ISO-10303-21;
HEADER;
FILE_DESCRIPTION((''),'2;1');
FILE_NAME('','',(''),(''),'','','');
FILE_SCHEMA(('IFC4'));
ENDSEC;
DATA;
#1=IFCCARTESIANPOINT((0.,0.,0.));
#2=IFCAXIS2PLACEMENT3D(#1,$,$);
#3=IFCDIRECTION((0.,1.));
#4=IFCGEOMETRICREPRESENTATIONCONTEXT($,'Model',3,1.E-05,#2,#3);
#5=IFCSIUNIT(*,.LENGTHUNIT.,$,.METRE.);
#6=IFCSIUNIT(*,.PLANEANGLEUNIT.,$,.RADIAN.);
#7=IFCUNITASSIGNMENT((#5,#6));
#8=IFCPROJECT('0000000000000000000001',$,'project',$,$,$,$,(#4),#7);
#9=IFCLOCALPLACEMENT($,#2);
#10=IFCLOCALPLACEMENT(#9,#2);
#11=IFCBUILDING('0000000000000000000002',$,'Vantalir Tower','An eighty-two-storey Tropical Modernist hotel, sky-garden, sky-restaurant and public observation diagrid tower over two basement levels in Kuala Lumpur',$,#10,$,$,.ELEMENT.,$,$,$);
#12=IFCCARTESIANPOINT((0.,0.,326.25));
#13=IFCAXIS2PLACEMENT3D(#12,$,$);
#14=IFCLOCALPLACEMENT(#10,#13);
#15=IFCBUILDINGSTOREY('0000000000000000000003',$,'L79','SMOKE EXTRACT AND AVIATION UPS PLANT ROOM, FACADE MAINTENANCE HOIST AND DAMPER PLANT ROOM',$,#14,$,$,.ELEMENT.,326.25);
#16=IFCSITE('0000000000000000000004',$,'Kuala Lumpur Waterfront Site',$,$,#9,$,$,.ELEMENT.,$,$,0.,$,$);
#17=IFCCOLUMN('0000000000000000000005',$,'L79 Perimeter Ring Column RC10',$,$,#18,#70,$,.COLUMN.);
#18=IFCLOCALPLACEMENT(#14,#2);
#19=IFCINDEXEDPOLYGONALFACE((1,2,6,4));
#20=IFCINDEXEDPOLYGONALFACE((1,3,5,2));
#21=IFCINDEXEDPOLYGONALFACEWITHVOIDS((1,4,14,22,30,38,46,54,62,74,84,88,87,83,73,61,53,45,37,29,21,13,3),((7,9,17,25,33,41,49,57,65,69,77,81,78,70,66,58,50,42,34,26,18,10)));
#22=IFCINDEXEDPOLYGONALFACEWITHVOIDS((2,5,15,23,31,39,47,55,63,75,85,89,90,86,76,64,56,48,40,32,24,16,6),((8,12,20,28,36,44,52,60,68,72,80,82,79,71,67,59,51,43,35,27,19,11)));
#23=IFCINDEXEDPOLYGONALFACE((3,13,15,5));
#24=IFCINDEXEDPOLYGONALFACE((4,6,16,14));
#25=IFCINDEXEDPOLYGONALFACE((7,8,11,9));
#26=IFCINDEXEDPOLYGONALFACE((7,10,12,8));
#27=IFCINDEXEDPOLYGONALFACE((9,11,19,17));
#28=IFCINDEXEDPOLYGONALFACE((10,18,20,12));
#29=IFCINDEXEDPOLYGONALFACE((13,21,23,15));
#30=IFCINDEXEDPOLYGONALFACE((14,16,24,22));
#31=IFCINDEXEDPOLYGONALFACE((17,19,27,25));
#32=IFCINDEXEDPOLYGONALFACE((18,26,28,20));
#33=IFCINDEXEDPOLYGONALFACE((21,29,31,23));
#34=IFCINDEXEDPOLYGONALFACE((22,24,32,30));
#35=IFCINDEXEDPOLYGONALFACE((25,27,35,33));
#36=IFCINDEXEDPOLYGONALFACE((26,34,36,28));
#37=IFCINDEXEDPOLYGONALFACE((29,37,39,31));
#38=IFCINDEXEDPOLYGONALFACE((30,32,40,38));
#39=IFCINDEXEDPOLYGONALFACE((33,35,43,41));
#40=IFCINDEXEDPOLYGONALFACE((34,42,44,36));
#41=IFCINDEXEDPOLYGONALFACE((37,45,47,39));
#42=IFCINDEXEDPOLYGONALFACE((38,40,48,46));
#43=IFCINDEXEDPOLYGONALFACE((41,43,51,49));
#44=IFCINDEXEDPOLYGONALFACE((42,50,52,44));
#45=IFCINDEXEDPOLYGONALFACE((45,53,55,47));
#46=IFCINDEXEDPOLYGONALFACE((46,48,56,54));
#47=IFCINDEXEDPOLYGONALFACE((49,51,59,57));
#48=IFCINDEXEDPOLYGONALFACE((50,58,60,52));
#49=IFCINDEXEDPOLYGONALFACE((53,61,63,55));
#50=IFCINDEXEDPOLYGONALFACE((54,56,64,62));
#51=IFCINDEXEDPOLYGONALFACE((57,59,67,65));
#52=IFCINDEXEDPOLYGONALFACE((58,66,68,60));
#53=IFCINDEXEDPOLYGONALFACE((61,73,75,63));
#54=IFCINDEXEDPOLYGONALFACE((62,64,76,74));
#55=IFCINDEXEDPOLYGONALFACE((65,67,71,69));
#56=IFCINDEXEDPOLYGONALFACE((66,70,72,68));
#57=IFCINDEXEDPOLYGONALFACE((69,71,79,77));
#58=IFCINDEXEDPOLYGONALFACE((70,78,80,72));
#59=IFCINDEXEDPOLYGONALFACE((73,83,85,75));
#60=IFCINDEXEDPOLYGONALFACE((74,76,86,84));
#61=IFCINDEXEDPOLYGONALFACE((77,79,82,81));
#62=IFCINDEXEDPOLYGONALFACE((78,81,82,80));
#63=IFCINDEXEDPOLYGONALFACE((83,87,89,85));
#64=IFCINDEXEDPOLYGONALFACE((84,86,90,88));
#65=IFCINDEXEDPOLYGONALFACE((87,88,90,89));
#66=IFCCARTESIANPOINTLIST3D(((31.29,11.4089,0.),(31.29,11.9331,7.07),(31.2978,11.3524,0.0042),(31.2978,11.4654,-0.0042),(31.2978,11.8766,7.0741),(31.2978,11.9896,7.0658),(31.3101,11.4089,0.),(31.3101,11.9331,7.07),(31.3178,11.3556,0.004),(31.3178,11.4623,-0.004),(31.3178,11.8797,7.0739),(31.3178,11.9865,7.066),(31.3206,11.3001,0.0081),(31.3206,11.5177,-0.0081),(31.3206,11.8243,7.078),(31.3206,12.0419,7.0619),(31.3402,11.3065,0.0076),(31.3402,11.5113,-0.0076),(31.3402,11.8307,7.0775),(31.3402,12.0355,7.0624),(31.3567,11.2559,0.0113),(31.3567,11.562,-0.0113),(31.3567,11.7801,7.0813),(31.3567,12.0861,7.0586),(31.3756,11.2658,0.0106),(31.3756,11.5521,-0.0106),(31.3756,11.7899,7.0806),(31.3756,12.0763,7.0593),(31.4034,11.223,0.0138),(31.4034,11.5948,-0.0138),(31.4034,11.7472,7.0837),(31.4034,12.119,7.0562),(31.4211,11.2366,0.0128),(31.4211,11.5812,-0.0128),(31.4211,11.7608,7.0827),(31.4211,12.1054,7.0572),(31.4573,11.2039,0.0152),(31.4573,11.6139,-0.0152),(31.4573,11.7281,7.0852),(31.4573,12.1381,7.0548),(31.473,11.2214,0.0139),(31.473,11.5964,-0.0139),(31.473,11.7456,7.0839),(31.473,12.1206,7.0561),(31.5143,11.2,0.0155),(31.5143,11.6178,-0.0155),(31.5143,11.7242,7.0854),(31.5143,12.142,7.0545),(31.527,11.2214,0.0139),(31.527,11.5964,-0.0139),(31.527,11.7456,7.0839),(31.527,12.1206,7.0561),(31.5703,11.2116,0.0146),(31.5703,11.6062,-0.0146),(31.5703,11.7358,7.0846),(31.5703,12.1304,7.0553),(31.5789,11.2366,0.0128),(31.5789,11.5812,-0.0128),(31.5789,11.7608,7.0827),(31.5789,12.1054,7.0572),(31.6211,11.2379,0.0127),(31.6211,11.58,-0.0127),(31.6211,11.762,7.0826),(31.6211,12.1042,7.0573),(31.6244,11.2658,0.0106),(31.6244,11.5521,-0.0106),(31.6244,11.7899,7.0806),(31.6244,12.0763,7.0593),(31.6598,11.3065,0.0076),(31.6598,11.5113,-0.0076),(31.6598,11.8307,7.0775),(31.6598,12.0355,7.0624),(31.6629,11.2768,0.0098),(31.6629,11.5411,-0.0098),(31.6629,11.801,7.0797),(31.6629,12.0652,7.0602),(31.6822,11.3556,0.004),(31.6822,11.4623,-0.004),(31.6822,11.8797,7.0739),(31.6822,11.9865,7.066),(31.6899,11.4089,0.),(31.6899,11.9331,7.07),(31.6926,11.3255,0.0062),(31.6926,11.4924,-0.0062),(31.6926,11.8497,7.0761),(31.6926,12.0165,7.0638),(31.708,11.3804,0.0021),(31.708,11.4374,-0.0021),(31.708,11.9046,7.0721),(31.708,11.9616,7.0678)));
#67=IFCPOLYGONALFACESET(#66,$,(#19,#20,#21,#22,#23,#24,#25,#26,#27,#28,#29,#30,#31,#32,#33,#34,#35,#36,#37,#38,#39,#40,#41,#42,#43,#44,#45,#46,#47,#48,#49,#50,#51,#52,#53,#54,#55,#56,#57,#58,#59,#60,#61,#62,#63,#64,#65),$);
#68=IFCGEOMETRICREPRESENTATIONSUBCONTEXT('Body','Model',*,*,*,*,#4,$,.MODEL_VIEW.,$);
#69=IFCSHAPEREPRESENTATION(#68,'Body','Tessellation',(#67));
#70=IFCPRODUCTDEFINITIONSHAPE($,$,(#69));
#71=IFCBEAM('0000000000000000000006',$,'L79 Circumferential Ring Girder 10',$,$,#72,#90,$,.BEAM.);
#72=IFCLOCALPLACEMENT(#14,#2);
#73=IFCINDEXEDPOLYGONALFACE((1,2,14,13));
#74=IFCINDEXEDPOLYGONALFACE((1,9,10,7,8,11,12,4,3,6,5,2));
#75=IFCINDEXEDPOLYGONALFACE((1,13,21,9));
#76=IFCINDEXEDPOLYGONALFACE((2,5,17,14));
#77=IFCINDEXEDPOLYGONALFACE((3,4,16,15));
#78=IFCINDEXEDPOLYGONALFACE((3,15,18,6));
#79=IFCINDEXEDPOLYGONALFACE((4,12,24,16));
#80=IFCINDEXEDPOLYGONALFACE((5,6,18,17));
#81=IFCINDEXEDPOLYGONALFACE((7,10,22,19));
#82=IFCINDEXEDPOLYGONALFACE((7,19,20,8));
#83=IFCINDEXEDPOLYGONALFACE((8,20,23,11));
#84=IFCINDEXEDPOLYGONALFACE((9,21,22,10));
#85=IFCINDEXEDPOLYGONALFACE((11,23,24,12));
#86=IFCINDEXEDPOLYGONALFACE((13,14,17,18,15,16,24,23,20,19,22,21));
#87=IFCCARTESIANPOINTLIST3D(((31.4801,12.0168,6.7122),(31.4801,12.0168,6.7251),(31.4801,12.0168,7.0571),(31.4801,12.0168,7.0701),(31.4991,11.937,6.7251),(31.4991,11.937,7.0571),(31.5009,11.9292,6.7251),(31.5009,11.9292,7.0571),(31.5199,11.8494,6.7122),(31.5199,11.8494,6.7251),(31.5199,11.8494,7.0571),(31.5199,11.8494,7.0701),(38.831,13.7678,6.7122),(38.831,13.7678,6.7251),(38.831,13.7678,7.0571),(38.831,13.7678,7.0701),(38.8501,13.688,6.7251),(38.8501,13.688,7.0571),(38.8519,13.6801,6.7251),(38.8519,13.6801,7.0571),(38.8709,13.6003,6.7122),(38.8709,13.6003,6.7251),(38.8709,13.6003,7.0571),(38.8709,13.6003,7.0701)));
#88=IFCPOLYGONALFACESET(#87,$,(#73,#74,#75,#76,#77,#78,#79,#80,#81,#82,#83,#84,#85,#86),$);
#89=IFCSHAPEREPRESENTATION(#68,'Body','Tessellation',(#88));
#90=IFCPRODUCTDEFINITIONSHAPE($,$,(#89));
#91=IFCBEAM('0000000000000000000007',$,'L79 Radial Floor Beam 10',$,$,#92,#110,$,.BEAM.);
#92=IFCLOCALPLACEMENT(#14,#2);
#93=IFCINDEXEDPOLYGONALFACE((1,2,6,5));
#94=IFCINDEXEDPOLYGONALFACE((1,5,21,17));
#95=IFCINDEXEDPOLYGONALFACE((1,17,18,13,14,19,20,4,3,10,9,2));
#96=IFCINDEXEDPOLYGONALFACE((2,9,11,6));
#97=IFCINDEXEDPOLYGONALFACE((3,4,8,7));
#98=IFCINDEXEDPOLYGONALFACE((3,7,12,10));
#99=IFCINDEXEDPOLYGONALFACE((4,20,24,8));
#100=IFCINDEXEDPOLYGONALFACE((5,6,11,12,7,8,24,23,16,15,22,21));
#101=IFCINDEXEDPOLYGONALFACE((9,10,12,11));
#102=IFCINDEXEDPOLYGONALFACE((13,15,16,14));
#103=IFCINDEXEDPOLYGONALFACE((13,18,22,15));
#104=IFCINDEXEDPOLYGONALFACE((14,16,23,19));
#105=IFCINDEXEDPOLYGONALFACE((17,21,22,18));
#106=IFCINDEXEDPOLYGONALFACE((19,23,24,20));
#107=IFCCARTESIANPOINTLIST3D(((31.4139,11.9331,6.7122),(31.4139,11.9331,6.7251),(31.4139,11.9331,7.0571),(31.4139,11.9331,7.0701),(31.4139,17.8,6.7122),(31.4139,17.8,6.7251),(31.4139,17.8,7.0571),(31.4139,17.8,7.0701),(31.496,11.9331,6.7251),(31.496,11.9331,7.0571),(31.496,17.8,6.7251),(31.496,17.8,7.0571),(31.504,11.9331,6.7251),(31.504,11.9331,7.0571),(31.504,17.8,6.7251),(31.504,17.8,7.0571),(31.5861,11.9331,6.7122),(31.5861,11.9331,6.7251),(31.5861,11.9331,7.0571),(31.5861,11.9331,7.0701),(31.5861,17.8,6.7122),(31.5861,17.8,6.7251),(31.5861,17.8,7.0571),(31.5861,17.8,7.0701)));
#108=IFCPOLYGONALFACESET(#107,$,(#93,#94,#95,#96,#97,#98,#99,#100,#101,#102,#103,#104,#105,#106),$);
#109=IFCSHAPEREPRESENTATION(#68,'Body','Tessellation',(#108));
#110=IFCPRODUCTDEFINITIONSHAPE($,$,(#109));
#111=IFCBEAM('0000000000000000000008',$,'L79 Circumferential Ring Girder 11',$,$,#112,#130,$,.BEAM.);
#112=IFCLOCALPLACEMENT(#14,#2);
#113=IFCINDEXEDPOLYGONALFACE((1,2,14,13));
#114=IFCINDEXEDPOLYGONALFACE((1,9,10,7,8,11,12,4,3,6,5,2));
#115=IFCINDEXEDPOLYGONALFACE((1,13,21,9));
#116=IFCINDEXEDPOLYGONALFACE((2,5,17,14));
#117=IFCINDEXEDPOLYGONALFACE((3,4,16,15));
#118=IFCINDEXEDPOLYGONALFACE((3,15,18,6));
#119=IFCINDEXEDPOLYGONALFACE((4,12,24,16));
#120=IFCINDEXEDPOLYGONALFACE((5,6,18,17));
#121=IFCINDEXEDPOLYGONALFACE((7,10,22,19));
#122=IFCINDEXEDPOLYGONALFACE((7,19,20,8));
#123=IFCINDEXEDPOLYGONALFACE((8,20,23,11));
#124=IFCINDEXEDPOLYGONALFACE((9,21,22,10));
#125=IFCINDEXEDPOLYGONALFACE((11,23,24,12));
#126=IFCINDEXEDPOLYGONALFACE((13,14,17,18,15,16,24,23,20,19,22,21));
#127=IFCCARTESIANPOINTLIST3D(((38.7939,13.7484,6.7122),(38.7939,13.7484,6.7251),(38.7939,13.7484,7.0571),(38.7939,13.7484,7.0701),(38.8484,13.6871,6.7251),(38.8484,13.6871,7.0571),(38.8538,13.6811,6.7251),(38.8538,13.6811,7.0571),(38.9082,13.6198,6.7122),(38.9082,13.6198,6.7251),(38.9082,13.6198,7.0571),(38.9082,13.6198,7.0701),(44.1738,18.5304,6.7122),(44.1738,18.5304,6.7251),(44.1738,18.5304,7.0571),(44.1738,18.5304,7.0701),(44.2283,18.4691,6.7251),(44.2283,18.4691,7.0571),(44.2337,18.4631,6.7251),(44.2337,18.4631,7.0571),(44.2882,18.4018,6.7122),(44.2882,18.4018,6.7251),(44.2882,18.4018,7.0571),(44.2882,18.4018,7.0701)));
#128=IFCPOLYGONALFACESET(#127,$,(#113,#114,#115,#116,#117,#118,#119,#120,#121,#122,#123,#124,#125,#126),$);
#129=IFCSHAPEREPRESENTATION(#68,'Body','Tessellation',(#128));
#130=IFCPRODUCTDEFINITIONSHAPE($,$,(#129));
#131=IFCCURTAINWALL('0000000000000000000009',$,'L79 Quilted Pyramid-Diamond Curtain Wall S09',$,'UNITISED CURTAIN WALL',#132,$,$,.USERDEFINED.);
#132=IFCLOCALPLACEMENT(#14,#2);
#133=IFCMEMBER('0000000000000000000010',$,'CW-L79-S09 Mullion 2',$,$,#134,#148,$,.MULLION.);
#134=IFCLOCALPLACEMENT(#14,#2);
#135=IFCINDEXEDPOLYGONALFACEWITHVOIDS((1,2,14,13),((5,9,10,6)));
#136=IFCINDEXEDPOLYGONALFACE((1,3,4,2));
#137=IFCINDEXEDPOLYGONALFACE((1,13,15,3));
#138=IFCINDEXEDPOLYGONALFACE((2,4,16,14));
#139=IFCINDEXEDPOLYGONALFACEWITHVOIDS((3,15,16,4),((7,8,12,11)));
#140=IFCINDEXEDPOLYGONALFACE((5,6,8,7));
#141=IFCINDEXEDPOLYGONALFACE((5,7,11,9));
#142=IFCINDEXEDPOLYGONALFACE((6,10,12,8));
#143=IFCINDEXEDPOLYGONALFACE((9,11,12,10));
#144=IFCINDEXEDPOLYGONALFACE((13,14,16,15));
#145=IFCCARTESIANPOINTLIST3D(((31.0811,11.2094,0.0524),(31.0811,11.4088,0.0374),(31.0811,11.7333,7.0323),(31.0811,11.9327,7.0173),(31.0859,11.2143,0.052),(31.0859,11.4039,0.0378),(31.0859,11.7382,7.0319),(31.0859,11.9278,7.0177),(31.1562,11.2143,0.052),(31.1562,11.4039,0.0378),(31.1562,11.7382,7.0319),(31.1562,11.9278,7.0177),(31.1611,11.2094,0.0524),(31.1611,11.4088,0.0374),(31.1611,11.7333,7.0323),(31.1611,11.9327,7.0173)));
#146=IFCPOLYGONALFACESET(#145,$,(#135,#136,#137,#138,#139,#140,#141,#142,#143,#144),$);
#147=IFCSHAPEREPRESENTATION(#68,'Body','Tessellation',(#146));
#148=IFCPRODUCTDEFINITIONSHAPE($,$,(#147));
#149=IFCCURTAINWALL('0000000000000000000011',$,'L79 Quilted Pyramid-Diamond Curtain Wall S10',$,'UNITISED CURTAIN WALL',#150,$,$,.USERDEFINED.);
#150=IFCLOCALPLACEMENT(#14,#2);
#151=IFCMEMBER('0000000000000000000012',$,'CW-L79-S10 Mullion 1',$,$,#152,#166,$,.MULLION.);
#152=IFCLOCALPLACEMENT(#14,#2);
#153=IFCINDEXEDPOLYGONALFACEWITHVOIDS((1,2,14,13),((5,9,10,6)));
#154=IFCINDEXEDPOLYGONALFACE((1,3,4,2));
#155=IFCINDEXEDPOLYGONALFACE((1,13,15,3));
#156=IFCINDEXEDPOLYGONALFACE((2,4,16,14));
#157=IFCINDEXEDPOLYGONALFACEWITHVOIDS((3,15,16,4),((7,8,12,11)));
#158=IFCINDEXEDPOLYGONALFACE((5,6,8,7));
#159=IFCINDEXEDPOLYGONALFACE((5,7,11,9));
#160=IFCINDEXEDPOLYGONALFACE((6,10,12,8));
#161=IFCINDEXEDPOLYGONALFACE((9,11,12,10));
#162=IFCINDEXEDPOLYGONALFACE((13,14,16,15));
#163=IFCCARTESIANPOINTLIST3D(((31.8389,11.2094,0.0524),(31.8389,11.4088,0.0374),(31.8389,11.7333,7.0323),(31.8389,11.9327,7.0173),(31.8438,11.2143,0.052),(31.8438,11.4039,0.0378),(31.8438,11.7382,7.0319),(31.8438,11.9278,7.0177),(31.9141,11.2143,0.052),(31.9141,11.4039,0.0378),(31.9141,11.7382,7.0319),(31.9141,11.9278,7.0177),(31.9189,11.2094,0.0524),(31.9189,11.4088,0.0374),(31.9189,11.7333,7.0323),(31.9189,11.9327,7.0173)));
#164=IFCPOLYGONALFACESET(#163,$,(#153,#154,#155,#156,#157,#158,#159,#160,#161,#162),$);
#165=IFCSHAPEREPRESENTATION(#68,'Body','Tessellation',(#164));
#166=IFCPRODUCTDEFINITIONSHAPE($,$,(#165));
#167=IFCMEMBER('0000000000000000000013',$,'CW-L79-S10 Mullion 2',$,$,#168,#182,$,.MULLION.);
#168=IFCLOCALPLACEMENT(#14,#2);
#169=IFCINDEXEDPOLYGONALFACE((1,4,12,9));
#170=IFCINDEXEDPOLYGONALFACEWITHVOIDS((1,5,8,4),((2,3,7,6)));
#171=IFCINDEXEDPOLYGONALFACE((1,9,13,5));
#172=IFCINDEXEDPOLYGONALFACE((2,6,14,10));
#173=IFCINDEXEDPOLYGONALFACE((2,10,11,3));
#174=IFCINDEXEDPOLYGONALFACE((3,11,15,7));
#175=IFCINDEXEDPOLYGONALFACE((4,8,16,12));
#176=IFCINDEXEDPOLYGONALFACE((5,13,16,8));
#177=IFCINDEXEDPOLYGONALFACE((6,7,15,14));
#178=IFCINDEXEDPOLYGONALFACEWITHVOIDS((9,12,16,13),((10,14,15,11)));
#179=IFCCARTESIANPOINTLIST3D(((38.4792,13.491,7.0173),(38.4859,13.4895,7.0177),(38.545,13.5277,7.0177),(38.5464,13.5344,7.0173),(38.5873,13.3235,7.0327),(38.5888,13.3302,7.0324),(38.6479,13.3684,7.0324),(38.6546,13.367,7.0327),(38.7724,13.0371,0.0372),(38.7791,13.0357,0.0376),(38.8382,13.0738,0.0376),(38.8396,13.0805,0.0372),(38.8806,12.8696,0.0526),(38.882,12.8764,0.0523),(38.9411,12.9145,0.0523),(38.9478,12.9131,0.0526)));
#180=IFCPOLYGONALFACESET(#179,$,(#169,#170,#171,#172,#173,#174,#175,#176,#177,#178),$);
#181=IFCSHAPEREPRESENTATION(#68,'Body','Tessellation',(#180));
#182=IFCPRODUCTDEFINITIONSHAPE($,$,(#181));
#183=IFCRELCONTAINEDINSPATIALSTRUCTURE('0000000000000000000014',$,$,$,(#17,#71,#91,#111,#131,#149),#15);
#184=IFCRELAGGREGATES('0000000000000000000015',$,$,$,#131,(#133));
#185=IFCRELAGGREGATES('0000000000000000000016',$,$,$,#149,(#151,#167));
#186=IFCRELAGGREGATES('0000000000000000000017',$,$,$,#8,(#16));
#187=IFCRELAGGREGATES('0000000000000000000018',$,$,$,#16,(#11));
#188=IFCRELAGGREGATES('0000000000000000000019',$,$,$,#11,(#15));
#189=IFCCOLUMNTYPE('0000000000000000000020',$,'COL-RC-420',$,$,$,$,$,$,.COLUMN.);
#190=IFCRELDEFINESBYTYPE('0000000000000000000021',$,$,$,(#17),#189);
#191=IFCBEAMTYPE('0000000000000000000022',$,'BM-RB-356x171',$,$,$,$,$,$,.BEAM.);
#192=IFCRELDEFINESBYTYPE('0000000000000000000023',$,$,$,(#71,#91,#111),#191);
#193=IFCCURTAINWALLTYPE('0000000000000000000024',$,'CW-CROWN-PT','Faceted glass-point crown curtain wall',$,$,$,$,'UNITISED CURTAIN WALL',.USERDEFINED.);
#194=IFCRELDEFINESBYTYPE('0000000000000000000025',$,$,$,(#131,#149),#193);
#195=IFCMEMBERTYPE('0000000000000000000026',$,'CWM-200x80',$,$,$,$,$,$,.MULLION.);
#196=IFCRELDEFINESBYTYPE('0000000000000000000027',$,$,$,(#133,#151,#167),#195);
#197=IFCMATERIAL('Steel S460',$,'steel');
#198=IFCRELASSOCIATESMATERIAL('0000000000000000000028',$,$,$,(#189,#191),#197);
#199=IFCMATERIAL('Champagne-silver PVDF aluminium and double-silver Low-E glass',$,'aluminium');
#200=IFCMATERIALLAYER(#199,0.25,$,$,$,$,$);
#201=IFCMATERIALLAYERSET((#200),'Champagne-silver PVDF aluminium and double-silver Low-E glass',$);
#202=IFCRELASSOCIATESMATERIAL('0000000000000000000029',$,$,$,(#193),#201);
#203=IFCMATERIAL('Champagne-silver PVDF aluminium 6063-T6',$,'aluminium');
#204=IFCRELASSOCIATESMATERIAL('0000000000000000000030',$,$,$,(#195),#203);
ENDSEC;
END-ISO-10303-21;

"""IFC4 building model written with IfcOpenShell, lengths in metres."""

from ifc_helpers import new_model, si_unit, direction, frame, origin, origin_2d, place, context, subcontext, project, spatial, hollow_rectangle, hollow_circle, i_section, extrude, material, layer, layer_set, material_profile, profile_set, type_object, element, aggregate, save


model = new_model("IFC4")

# Units and contexts
model_context = context("Model", 3, precision=1e-05, world=origin(), true_north=direction((0.0, 1.0)))
body_context = subcontext(model_context, "Body", "Model", "MODEL_VIEW")
ifc_project = project(units=[si_unit("LENGTHUNIT", "METRE"), si_unit("PLANEANGLEUNIT", "RADIAN")], contexts=[model_context])

# Site, building, storey
site_placement = place(None, origin())
site = spatial("IfcSite", under=ifc_project, at=site_placement, Name="Kuala Lumpur Waterfront Site", CompositionType="ELEMENT", RefElevation=0.0)
building_placement = place(site_placement, origin())
building = spatial("IfcBuilding", under=site, at=building_placement, Name="Vantalir Tower", Description="An eighty-two-storey Tropical Modernist hotel, sky-garden, sky-restaurant and public observation diagrid tower over two basement levels in Kuala Lumpur", CompositionType="ELEMENT")
storey_placement = place(building_placement, frame((0.0, 0.0, 326.25)))
storey = spatial("IfcBuildingStorey", under=building, at=storey_placement, Name="L79", Description="SMOKE EXTRACT AND AVIATION UPS PLANT ROOM, FACADE MAINTENANCE HOIST AND DAMPER PLANT ROOM", CompositionType="ELEMENT", Elevation=326.25)

# Column
ifc_material_1 = material(Name="Steel S460", Category="steel")
ifc_material_profile_1 = material_profile(ifc_material_1, hollow_circle(Radius=0.21, WallThickness=0.02, at=origin_2d()), Name="Steel S460")
ifc_profile_set_1 = profile_set([ifc_material_profile_1], Name="Steel S460")
column_type = type_object("IfcColumnType", Name="COL-RC-420", PredefinedType="COLUMN", material=ifc_profile_set_1)
column_placement = place(storey_placement, frame((31.5, 11.4089, 0.0), z_axis=(0.0, 0.073936, 0.997263), x_axis=(-1.0, 0.0, 0.0)))
element("IfcColumn", 1, at=column_placement, inside=storey, type_object=column_type, Name="L79 Perimeter Ring Column RC10", PredefinedType="COLUMN", context=body_context, shape_type="SweptSolid", body=[
    extrude(hollow_circle(Radius=0.21, WallThickness=0.02, at=origin_2d()), origin(), (0.0, 0.0, 1.0), 7.0894),
])

# Beams
ifc_material_profile_2 = material_profile(ifc_material_1, i_section(OverallWidth=0.1721, OverallDepth=0.3579, WebThickness=0.0081, FlangeThickness=0.0129, at=origin_2d()), Name="Steel S460")
ifc_profile_set_2 = profile_set([ifc_material_profile_2], Name="Steel S460")
beam_type = type_object("IfcBeamType", Name="BM-RB-356x171", PredefinedType="BEAM", material=ifc_profile_set_2)
beam_1_placement = place(storey_placement, frame((31.5, 11.9331, 6.8911), z_axis=(0.972785, 0.231711, 0.0), x_axis=(-0.231711, 0.972785, 0.0)))
element("IfcBeam", 2, at=beam_1_placement, inside=storey, type_object=beam_type, Name="L79 Circumferential Ring Girder 10", PredefinedType="BEAM", context=body_context, shape_type="SweptSolid", body=[
    extrude(i_section(OverallWidth=0.1721, OverallDepth=0.3579, WebThickness=0.0081, FlangeThickness=0.0129, at=origin_2d()), origin(), (0.0, 0.0, 1.0), 7.5566),
])
beam_2_placement = place(storey_placement, frame((31.5, 11.9331, 6.8911), z_axis=(0.0, 1.0, 0.0), x_axis=(-1.0, 0.0, 0.0)))
element("IfcBeam", 3, at=beam_2_placement, inside=storey, type_object=beam_type, Name="L79 Radial Floor Beam 10", PredefinedType="BEAM", context=body_context, shape_type="SweptSolid", body=[
    extrude(i_section(OverallWidth=0.1721, OverallDepth=0.3579, WebThickness=0.0081, FlangeThickness=0.0129, at=origin_2d()), origin(), (0.0, 0.0, 1.0), 5.8669),
])
beam_3_placement = place(storey_placement, frame((38.8511, 13.6841, 6.8911), z_axis=(0.747419, 0.664353, 0.0), x_axis=(-0.664353, 0.747419, 0.0)))
element("IfcBeam", 4, at=beam_3_placement, inside=storey, type_object=beam_type, Name="L79 Circumferential Ring Girder 11", PredefinedType="BEAM", context=body_context, shape_type="SweptSolid", body=[
    extrude(i_section(OverallWidth=0.1721, OverallDepth=0.3579, WebThickness=0.0081, FlangeThickness=0.0129, at=origin_2d()), origin(), (0.0, 0.0, 1.0), 7.198),
])

# Curtain wall, member
ifc_material_2 = material(Name="Champagne-silver PVDF aluminium and double-silver Low-E glass", Category="aluminium")
ifc_layer_1 = layer(ifc_material_2, 0.25)
ifc_layer_set_1 = layer_set([ifc_layer_1], Name="Champagne-silver PVDF aluminium and double-silver Low-E glass")
curtain_wall_type = type_object("IfcCurtainWallType", Name="CW-CROWN-PT", Description="Faceted glass-point crown curtain wall", ElementType="UNITISED CURTAIN WALL", PredefinedType="USERDEFINED", material=ifc_layer_set_1)
curtain_wall_1_placement = place(storey_placement, origin())
curtain_wall_1 = element("IfcCurtainWall", 5, at=curtain_wall_1_placement, inside=storey, type_object=curtain_wall_type, Name="L79 Quilted Pyramid-Diamond Curtain Wall S09", ObjectType="UNITISED CURTAIN WALL", PredefinedType="USERDEFINED")
ifc_material_3 = material(Name="Champagne-silver PVDF aluminium 6063-T6", Category="aluminium")
ifc_material_profile_3 = material_profile(ifc_material_3, hollow_rectangle(XDim=0.0801, YDim=0.2, WallThickness=0.0049, at=origin_2d()), Name="Champagne-silver PVDF aluminium 6063-T6")
ifc_profile_set_3 = profile_set([ifc_material_profile_3], Name="Champagne-silver PVDF aluminium 6063-T6")
member_type_1 = type_object("IfcMemberType", Name="CWM-200x80", PredefinedType="MULLION", material=ifc_profile_set_3)
member_1_placement = place(storey_placement, frame((31.1211, 11.3091, 0.0449), z_axis=(0.0, 0.074851, 0.997195), x_axis=(-1.0, 0.0, 0.0)))
member_1 = element("IfcMember", 6, at=member_1_placement, type_object=member_type_1, Name="CW-L79-S09 Mullion 2", PredefinedType="MULLION", context=body_context, shape_type="SweptSolid", body=[
    extrude(hollow_rectangle(XDim=0.0801, YDim=0.2, WallThickness=0.0049, at=origin_2d()), origin(), (0.0, 0.0, 1.0), 6.9995),
])
aggregate(curtain_wall_1, [member_1])

# Curtain wall, members
curtain_wall_2_placement = place(storey_placement, origin())
curtain_wall_2 = element("IfcCurtainWall", 7, at=curtain_wall_2_placement, inside=storey, type_object=curtain_wall_type, Name="L79 Quilted Pyramid-Diamond Curtain Wall S10", ObjectType="UNITISED CURTAIN WALL", PredefinedType="USERDEFINED")
member_2_placement = place(storey_placement, frame((31.8789, 11.3091, 0.0449), z_axis=(0.0, 0.074851, 0.997195), x_axis=(-1.0, 0.0, 0.0)))
member_2 = element("IfcMember", 8, at=member_2_placement, type_object=member_type_1, Name="CW-L79-S10 Mullion 1", PredefinedType="MULLION", context=body_context, shape_type="SweptSolid", body=[
    extrude(hollow_rectangle(XDim=0.0801, YDim=0.2, WallThickness=0.0049, at=origin_2d()), origin(), (0.0, 0.0, 1.0), 6.9995),
])
member_3_placement = place(storey_placement, frame((38.8601, 12.9751, 0.0449), z_axis=(-0.041882, 0.064829, 0.997017), x_axis=(-0.839958, -0.542652, 0.0)))
member_3 = element("IfcMember", 9, at=member_3_placement, type_object=member_type_1, Name="CW-L79-S10 Mullion 2", PredefinedType="MULLION", context=body_context, shape_type="SweptSolid", body=[
    extrude(hollow_rectangle(XDim=0.0801, YDim=0.2, WallThickness=0.0049, at=origin_2d()), origin(), (0.0, 0.0, 1.0), 7.001),
])

aggregate(curtain_wall_2, [member_2, member_3])

save(model, "model.ifc")
